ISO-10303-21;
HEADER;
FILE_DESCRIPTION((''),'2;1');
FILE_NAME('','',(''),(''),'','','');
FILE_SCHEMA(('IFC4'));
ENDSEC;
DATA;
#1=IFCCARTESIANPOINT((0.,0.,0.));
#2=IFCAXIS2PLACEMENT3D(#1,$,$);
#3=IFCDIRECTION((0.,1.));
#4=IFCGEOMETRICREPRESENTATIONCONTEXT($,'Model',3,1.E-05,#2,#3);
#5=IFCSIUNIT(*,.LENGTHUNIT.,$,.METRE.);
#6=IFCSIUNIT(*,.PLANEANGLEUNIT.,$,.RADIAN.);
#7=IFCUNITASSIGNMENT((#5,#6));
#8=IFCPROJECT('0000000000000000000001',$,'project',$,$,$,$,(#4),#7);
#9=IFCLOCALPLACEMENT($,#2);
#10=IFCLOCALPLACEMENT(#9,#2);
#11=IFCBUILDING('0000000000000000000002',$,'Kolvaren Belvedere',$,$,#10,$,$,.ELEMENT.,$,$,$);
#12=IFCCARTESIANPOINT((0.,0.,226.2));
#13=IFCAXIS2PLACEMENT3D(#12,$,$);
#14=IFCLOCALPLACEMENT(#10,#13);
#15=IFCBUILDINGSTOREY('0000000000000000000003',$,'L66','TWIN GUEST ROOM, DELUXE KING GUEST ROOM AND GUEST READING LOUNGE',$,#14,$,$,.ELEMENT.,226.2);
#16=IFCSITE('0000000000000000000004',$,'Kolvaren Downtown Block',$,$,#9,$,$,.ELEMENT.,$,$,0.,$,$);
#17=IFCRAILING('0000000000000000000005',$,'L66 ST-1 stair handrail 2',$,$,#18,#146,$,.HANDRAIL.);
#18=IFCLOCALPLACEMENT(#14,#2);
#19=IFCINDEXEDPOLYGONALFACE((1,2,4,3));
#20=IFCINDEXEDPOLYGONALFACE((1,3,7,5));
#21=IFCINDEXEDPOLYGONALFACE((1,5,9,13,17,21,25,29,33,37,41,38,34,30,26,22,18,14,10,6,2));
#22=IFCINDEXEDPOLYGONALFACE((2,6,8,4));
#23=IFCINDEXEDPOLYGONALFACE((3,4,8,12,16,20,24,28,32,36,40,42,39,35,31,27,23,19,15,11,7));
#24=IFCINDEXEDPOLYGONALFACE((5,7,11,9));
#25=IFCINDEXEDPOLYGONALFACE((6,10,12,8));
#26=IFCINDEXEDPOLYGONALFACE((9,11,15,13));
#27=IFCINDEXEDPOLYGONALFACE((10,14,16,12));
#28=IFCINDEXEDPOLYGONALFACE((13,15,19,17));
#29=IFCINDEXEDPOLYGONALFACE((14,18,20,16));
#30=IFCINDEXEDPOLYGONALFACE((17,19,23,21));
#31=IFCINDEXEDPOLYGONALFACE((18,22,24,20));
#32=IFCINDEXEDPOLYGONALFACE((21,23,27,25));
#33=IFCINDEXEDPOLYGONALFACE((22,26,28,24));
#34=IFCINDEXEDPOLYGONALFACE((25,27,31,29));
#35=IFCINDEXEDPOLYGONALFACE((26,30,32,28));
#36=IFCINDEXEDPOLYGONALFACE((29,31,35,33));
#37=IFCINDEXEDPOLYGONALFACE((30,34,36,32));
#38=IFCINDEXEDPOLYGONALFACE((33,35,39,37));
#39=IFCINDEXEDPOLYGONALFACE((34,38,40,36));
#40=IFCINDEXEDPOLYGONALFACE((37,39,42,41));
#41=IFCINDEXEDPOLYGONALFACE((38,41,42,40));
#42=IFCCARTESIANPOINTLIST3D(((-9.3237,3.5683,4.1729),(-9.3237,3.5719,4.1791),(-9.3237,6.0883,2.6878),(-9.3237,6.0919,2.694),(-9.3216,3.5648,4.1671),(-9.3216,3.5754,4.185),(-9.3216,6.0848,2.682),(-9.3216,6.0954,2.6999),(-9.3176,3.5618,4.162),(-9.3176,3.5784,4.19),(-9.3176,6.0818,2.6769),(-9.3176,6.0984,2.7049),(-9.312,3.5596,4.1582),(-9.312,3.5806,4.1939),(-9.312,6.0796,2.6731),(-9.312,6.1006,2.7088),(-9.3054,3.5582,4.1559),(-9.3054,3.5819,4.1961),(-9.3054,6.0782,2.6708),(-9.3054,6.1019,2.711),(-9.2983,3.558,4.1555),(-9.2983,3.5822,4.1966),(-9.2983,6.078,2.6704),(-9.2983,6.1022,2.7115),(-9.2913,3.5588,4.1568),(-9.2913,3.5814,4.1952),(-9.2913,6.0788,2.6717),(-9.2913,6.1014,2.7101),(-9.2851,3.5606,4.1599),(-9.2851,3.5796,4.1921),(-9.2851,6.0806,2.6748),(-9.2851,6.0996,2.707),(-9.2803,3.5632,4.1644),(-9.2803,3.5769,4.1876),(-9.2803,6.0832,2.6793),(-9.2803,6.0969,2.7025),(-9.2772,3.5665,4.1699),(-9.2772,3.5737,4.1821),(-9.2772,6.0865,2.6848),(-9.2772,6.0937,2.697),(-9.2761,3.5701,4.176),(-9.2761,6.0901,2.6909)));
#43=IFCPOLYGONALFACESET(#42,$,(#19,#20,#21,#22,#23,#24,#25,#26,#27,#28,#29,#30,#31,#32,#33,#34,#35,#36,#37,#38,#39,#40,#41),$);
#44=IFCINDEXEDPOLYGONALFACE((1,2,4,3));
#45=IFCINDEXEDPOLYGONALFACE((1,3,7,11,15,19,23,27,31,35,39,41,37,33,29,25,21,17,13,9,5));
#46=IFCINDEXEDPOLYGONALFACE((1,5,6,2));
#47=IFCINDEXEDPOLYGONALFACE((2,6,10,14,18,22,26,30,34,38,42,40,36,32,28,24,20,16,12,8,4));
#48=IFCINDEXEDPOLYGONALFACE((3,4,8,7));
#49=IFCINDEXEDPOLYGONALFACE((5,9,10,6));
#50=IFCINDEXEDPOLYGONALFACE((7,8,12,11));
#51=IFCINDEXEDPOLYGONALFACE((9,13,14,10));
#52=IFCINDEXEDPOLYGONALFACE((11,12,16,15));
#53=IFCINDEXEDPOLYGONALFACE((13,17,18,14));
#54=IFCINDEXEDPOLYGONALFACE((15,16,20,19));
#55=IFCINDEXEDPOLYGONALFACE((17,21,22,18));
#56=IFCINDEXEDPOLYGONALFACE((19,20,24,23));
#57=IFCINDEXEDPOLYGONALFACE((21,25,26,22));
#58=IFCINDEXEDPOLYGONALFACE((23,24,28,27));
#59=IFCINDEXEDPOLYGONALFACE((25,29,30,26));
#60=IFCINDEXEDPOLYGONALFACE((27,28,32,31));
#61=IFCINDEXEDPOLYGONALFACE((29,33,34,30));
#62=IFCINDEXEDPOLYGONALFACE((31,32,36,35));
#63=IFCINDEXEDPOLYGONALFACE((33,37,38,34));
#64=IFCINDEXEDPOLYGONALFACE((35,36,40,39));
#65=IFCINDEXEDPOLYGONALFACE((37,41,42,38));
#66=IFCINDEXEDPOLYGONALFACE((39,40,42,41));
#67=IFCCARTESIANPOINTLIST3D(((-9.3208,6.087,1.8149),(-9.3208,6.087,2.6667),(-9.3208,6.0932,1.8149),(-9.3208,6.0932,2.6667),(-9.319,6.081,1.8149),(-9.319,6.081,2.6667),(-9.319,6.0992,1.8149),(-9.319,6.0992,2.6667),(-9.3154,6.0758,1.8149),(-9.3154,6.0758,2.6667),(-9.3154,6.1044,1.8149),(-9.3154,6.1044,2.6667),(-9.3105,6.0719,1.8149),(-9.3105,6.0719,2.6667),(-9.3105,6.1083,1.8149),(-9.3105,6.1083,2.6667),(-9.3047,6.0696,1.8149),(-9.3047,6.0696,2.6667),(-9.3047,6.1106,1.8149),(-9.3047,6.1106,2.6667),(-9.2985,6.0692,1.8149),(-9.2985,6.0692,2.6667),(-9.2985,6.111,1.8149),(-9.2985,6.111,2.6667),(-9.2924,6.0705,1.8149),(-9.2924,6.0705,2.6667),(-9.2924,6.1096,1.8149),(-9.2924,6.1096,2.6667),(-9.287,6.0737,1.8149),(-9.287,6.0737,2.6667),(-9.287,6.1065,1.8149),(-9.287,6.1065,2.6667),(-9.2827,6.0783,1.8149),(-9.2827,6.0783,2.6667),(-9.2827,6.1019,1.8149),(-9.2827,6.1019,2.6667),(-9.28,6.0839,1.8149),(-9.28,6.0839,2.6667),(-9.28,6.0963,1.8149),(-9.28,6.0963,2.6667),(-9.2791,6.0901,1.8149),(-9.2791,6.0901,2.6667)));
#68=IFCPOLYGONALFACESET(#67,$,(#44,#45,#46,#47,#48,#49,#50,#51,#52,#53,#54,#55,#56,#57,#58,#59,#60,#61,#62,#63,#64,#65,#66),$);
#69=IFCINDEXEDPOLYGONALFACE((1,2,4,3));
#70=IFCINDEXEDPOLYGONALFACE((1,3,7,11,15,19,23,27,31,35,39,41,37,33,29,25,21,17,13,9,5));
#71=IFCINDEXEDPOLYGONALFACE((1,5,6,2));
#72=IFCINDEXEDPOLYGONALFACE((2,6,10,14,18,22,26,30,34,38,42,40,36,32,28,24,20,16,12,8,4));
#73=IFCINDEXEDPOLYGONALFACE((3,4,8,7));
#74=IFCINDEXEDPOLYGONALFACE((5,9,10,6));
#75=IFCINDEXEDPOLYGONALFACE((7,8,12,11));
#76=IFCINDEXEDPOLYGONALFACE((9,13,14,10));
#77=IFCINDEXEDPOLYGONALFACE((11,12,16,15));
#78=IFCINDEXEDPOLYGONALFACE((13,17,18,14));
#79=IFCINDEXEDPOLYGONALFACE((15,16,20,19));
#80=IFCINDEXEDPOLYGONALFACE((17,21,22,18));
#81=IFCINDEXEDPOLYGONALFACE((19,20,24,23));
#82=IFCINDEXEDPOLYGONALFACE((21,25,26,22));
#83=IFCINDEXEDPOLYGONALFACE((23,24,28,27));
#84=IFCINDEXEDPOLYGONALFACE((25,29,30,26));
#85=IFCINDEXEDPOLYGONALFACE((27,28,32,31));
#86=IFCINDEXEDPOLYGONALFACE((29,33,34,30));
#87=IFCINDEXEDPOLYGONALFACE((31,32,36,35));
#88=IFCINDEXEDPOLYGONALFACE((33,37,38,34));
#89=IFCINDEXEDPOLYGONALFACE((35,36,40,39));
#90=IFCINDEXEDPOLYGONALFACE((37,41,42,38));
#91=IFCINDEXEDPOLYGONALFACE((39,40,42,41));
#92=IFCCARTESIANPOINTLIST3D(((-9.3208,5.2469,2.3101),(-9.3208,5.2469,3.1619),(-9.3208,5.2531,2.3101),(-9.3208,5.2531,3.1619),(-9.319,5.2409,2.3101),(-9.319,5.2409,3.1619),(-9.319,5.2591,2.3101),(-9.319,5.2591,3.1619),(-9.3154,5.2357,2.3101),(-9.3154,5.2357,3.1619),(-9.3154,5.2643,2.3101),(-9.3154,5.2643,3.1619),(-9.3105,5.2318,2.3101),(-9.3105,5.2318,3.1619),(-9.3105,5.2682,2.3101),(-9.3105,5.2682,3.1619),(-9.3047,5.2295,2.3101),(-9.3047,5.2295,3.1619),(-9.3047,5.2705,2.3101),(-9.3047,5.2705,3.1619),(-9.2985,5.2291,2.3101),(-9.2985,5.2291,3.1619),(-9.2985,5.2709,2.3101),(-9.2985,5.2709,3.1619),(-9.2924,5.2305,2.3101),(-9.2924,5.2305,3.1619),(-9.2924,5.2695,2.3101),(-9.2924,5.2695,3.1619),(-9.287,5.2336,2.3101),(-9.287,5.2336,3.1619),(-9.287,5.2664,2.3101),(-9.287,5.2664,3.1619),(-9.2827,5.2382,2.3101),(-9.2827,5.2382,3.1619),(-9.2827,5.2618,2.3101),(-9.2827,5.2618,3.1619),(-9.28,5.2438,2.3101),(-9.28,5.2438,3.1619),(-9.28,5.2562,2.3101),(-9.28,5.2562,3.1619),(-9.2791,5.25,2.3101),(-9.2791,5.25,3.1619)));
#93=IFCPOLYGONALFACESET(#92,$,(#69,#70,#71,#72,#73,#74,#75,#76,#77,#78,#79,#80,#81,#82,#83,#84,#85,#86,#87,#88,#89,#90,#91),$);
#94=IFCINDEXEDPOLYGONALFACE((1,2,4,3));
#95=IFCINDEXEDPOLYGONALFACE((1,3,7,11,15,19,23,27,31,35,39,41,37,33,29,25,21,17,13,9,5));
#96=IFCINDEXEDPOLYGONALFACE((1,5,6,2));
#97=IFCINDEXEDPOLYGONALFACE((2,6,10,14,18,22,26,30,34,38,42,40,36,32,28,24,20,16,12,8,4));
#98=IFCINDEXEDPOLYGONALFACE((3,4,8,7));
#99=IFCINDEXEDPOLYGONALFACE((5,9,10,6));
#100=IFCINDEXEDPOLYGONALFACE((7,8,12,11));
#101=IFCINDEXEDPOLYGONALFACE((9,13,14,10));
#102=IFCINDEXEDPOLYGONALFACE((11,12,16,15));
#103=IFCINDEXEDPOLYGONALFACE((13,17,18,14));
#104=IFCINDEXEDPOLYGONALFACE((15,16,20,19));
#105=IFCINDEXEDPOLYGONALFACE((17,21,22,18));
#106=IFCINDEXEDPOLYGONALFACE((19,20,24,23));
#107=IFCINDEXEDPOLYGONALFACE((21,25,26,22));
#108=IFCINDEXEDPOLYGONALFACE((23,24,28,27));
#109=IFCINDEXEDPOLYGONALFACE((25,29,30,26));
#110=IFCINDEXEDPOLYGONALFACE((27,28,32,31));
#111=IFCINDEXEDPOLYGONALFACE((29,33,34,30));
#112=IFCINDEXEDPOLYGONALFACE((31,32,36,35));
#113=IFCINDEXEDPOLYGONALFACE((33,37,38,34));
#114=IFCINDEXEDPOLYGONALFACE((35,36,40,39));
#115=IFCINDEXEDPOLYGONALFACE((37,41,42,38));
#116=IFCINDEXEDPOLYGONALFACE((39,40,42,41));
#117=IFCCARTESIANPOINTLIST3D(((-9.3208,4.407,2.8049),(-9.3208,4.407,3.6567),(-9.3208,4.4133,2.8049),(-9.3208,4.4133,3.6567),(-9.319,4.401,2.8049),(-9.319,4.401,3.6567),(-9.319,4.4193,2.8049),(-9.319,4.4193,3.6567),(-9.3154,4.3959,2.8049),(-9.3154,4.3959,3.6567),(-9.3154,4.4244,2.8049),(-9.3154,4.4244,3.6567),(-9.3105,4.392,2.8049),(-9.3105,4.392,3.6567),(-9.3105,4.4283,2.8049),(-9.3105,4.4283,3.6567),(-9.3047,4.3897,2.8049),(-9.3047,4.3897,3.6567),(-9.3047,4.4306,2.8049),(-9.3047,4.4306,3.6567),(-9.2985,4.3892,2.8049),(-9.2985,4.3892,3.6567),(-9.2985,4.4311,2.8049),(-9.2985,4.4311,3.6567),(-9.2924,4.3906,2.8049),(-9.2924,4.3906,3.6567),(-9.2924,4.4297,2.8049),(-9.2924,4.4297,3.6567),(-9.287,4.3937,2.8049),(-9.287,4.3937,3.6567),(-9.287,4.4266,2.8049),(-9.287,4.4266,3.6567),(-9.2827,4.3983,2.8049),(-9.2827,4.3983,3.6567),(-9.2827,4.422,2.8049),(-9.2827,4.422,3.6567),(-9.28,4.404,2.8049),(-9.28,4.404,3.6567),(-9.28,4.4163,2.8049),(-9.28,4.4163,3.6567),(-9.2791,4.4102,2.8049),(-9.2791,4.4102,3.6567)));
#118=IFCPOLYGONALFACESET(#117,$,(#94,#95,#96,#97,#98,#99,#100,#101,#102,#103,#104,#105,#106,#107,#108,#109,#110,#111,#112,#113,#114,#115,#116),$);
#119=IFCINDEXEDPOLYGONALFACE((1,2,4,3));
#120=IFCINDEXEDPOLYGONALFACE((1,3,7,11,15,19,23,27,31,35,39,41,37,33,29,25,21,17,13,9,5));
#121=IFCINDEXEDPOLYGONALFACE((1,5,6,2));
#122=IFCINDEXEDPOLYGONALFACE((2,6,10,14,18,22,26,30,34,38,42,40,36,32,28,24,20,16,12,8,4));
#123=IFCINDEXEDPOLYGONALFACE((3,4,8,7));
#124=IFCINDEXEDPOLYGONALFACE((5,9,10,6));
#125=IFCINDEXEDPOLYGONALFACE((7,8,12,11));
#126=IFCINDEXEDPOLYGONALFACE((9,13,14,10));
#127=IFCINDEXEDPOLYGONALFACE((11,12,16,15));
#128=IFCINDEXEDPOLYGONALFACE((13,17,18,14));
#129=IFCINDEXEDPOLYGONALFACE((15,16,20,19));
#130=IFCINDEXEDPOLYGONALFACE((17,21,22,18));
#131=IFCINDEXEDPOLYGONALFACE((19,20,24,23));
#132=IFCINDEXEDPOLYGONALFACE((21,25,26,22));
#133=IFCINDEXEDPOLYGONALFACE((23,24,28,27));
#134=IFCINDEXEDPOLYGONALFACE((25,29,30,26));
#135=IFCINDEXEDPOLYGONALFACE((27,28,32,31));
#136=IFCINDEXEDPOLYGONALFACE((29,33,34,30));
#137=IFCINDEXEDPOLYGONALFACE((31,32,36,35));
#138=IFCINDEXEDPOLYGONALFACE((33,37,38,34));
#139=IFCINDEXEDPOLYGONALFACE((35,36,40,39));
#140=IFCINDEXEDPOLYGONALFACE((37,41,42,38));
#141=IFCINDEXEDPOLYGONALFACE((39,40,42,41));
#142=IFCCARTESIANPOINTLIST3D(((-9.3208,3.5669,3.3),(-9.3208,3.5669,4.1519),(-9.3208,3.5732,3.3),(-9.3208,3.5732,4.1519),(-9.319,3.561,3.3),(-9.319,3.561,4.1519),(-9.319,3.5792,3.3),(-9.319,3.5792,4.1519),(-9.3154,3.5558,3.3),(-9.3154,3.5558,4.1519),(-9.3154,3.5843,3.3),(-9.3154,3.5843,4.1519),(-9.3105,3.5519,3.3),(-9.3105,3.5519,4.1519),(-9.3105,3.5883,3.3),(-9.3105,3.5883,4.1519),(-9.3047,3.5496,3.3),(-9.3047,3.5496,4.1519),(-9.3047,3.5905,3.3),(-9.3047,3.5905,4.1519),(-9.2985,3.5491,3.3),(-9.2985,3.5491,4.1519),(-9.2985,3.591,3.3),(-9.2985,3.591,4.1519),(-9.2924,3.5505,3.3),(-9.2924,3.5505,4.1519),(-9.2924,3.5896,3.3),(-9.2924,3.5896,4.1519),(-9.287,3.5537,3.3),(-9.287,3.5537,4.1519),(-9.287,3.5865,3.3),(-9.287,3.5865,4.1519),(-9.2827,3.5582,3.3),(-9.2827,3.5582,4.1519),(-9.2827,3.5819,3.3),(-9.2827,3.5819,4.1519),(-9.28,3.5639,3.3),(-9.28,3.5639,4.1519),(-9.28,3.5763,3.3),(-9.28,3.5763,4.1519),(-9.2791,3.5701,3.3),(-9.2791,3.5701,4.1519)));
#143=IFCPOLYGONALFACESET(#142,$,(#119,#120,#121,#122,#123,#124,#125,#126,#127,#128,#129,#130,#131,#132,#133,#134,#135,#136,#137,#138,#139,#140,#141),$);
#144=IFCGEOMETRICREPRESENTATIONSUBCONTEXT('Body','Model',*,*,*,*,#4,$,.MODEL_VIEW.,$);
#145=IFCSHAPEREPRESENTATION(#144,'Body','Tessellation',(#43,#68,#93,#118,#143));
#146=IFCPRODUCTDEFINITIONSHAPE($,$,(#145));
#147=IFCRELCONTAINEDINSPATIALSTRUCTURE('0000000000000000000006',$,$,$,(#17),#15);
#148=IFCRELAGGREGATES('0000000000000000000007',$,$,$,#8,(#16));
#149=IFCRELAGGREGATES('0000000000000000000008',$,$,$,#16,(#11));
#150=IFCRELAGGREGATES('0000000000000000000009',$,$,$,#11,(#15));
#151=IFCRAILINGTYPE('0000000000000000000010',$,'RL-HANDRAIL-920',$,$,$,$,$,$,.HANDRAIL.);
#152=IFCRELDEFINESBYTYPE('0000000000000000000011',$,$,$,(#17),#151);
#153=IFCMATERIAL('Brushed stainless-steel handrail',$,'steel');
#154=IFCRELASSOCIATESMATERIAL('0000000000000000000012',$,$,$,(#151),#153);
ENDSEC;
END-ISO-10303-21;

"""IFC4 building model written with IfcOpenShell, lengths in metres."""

from ifc_helpers import new_model, si_unit, direction, frame, origin, origin_2d, place, context, subcontext, project, spatial, circle, extrude, material, type_object, element, save


model = new_model("IFC4")

# Units and contexts
model_context = context("Model", 3, precision=1e-05, world=origin(), true_north=direction((0.0, 1.0)))
body_context = subcontext(model_context, "Body", "Model", "MODEL_VIEW")
ifc_project = project(units=[si_unit("LENGTHUNIT", "METRE"), si_unit("PLANEANGLEUNIT", "RADIAN")], contexts=[model_context])

# Site, building, storey
site_placement = place(None, origin())
site = spatial("IfcSite", under=ifc_project, at=site_placement, Name="Kolvaren Downtown Block", CompositionType="ELEMENT", RefElevation=0.0)
building_placement = place(site_placement, origin())
building = spatial("IfcBuilding", under=site, at=building_placement, Name="Kolvaren Belvedere", CompositionType="ELEMENT")
storey_placement = place(building_placement, frame((0.0, 0.0, 226.2)))
storey = spatial("IfcBuildingStorey", under=building, at=storey_placement, Name="L66", Description="TWIN GUEST ROOM, DELUXE KING GUEST ROOM AND GUEST READING LOUNGE", CompositionType="ELEMENT", Elevation=226.2)

# Railing
ifc_material_1 = material(Name="Brushed stainless-steel handrail", Category="steel")
railing_type_1 = type_object("IfcRailingType", Name="RL-HANDRAIL-920", PredefinedType="HANDRAIL", material=ifc_material_1)
railing_1_placement = place(storey_placement, frame((-9.3, 6.0901, 1.8149)))
element("IfcRailing", 1, at=railing_1_placement, inside=storey, type_object=railing_type_1, Name="L66 ST-1 stair handrail 2", PredefinedType="HANDRAIL", context=body_context, shape_type="SweptSolid", body=[
    extrude(circle(Radius=0.0239, at=origin_2d()), frame((0.0, 0.0, 0.876), z_axis=(0.0, -0.861524, 0.507717), x_axis=(1.0, 0.0, 0.0)), (0.0, 0.0, 1.0), 2.925),
    extrude(circle(Radius=0.021, at=origin_2d()), origin(), (0.0, 0.0, 1.0), 0.8518),
    extrude(circle(Radius=0.021, at=origin_2d()), frame((0.0, -0.8401, 0.4951)), (0.0, 0.0, 1.0), 0.8518),
    extrude(circle(Radius=0.021, at=origin_2d()), frame((0.0, -1.6799, 0.99)), (0.0, 0.0, 1.0), 0.8518),
    extrude(circle(Radius=0.021, at=origin_2d()), frame((0.0, -2.52, 1.4851)), (0.0, 0.0, 1.0), 0.8518),
])

save(model, "model.ifc")
